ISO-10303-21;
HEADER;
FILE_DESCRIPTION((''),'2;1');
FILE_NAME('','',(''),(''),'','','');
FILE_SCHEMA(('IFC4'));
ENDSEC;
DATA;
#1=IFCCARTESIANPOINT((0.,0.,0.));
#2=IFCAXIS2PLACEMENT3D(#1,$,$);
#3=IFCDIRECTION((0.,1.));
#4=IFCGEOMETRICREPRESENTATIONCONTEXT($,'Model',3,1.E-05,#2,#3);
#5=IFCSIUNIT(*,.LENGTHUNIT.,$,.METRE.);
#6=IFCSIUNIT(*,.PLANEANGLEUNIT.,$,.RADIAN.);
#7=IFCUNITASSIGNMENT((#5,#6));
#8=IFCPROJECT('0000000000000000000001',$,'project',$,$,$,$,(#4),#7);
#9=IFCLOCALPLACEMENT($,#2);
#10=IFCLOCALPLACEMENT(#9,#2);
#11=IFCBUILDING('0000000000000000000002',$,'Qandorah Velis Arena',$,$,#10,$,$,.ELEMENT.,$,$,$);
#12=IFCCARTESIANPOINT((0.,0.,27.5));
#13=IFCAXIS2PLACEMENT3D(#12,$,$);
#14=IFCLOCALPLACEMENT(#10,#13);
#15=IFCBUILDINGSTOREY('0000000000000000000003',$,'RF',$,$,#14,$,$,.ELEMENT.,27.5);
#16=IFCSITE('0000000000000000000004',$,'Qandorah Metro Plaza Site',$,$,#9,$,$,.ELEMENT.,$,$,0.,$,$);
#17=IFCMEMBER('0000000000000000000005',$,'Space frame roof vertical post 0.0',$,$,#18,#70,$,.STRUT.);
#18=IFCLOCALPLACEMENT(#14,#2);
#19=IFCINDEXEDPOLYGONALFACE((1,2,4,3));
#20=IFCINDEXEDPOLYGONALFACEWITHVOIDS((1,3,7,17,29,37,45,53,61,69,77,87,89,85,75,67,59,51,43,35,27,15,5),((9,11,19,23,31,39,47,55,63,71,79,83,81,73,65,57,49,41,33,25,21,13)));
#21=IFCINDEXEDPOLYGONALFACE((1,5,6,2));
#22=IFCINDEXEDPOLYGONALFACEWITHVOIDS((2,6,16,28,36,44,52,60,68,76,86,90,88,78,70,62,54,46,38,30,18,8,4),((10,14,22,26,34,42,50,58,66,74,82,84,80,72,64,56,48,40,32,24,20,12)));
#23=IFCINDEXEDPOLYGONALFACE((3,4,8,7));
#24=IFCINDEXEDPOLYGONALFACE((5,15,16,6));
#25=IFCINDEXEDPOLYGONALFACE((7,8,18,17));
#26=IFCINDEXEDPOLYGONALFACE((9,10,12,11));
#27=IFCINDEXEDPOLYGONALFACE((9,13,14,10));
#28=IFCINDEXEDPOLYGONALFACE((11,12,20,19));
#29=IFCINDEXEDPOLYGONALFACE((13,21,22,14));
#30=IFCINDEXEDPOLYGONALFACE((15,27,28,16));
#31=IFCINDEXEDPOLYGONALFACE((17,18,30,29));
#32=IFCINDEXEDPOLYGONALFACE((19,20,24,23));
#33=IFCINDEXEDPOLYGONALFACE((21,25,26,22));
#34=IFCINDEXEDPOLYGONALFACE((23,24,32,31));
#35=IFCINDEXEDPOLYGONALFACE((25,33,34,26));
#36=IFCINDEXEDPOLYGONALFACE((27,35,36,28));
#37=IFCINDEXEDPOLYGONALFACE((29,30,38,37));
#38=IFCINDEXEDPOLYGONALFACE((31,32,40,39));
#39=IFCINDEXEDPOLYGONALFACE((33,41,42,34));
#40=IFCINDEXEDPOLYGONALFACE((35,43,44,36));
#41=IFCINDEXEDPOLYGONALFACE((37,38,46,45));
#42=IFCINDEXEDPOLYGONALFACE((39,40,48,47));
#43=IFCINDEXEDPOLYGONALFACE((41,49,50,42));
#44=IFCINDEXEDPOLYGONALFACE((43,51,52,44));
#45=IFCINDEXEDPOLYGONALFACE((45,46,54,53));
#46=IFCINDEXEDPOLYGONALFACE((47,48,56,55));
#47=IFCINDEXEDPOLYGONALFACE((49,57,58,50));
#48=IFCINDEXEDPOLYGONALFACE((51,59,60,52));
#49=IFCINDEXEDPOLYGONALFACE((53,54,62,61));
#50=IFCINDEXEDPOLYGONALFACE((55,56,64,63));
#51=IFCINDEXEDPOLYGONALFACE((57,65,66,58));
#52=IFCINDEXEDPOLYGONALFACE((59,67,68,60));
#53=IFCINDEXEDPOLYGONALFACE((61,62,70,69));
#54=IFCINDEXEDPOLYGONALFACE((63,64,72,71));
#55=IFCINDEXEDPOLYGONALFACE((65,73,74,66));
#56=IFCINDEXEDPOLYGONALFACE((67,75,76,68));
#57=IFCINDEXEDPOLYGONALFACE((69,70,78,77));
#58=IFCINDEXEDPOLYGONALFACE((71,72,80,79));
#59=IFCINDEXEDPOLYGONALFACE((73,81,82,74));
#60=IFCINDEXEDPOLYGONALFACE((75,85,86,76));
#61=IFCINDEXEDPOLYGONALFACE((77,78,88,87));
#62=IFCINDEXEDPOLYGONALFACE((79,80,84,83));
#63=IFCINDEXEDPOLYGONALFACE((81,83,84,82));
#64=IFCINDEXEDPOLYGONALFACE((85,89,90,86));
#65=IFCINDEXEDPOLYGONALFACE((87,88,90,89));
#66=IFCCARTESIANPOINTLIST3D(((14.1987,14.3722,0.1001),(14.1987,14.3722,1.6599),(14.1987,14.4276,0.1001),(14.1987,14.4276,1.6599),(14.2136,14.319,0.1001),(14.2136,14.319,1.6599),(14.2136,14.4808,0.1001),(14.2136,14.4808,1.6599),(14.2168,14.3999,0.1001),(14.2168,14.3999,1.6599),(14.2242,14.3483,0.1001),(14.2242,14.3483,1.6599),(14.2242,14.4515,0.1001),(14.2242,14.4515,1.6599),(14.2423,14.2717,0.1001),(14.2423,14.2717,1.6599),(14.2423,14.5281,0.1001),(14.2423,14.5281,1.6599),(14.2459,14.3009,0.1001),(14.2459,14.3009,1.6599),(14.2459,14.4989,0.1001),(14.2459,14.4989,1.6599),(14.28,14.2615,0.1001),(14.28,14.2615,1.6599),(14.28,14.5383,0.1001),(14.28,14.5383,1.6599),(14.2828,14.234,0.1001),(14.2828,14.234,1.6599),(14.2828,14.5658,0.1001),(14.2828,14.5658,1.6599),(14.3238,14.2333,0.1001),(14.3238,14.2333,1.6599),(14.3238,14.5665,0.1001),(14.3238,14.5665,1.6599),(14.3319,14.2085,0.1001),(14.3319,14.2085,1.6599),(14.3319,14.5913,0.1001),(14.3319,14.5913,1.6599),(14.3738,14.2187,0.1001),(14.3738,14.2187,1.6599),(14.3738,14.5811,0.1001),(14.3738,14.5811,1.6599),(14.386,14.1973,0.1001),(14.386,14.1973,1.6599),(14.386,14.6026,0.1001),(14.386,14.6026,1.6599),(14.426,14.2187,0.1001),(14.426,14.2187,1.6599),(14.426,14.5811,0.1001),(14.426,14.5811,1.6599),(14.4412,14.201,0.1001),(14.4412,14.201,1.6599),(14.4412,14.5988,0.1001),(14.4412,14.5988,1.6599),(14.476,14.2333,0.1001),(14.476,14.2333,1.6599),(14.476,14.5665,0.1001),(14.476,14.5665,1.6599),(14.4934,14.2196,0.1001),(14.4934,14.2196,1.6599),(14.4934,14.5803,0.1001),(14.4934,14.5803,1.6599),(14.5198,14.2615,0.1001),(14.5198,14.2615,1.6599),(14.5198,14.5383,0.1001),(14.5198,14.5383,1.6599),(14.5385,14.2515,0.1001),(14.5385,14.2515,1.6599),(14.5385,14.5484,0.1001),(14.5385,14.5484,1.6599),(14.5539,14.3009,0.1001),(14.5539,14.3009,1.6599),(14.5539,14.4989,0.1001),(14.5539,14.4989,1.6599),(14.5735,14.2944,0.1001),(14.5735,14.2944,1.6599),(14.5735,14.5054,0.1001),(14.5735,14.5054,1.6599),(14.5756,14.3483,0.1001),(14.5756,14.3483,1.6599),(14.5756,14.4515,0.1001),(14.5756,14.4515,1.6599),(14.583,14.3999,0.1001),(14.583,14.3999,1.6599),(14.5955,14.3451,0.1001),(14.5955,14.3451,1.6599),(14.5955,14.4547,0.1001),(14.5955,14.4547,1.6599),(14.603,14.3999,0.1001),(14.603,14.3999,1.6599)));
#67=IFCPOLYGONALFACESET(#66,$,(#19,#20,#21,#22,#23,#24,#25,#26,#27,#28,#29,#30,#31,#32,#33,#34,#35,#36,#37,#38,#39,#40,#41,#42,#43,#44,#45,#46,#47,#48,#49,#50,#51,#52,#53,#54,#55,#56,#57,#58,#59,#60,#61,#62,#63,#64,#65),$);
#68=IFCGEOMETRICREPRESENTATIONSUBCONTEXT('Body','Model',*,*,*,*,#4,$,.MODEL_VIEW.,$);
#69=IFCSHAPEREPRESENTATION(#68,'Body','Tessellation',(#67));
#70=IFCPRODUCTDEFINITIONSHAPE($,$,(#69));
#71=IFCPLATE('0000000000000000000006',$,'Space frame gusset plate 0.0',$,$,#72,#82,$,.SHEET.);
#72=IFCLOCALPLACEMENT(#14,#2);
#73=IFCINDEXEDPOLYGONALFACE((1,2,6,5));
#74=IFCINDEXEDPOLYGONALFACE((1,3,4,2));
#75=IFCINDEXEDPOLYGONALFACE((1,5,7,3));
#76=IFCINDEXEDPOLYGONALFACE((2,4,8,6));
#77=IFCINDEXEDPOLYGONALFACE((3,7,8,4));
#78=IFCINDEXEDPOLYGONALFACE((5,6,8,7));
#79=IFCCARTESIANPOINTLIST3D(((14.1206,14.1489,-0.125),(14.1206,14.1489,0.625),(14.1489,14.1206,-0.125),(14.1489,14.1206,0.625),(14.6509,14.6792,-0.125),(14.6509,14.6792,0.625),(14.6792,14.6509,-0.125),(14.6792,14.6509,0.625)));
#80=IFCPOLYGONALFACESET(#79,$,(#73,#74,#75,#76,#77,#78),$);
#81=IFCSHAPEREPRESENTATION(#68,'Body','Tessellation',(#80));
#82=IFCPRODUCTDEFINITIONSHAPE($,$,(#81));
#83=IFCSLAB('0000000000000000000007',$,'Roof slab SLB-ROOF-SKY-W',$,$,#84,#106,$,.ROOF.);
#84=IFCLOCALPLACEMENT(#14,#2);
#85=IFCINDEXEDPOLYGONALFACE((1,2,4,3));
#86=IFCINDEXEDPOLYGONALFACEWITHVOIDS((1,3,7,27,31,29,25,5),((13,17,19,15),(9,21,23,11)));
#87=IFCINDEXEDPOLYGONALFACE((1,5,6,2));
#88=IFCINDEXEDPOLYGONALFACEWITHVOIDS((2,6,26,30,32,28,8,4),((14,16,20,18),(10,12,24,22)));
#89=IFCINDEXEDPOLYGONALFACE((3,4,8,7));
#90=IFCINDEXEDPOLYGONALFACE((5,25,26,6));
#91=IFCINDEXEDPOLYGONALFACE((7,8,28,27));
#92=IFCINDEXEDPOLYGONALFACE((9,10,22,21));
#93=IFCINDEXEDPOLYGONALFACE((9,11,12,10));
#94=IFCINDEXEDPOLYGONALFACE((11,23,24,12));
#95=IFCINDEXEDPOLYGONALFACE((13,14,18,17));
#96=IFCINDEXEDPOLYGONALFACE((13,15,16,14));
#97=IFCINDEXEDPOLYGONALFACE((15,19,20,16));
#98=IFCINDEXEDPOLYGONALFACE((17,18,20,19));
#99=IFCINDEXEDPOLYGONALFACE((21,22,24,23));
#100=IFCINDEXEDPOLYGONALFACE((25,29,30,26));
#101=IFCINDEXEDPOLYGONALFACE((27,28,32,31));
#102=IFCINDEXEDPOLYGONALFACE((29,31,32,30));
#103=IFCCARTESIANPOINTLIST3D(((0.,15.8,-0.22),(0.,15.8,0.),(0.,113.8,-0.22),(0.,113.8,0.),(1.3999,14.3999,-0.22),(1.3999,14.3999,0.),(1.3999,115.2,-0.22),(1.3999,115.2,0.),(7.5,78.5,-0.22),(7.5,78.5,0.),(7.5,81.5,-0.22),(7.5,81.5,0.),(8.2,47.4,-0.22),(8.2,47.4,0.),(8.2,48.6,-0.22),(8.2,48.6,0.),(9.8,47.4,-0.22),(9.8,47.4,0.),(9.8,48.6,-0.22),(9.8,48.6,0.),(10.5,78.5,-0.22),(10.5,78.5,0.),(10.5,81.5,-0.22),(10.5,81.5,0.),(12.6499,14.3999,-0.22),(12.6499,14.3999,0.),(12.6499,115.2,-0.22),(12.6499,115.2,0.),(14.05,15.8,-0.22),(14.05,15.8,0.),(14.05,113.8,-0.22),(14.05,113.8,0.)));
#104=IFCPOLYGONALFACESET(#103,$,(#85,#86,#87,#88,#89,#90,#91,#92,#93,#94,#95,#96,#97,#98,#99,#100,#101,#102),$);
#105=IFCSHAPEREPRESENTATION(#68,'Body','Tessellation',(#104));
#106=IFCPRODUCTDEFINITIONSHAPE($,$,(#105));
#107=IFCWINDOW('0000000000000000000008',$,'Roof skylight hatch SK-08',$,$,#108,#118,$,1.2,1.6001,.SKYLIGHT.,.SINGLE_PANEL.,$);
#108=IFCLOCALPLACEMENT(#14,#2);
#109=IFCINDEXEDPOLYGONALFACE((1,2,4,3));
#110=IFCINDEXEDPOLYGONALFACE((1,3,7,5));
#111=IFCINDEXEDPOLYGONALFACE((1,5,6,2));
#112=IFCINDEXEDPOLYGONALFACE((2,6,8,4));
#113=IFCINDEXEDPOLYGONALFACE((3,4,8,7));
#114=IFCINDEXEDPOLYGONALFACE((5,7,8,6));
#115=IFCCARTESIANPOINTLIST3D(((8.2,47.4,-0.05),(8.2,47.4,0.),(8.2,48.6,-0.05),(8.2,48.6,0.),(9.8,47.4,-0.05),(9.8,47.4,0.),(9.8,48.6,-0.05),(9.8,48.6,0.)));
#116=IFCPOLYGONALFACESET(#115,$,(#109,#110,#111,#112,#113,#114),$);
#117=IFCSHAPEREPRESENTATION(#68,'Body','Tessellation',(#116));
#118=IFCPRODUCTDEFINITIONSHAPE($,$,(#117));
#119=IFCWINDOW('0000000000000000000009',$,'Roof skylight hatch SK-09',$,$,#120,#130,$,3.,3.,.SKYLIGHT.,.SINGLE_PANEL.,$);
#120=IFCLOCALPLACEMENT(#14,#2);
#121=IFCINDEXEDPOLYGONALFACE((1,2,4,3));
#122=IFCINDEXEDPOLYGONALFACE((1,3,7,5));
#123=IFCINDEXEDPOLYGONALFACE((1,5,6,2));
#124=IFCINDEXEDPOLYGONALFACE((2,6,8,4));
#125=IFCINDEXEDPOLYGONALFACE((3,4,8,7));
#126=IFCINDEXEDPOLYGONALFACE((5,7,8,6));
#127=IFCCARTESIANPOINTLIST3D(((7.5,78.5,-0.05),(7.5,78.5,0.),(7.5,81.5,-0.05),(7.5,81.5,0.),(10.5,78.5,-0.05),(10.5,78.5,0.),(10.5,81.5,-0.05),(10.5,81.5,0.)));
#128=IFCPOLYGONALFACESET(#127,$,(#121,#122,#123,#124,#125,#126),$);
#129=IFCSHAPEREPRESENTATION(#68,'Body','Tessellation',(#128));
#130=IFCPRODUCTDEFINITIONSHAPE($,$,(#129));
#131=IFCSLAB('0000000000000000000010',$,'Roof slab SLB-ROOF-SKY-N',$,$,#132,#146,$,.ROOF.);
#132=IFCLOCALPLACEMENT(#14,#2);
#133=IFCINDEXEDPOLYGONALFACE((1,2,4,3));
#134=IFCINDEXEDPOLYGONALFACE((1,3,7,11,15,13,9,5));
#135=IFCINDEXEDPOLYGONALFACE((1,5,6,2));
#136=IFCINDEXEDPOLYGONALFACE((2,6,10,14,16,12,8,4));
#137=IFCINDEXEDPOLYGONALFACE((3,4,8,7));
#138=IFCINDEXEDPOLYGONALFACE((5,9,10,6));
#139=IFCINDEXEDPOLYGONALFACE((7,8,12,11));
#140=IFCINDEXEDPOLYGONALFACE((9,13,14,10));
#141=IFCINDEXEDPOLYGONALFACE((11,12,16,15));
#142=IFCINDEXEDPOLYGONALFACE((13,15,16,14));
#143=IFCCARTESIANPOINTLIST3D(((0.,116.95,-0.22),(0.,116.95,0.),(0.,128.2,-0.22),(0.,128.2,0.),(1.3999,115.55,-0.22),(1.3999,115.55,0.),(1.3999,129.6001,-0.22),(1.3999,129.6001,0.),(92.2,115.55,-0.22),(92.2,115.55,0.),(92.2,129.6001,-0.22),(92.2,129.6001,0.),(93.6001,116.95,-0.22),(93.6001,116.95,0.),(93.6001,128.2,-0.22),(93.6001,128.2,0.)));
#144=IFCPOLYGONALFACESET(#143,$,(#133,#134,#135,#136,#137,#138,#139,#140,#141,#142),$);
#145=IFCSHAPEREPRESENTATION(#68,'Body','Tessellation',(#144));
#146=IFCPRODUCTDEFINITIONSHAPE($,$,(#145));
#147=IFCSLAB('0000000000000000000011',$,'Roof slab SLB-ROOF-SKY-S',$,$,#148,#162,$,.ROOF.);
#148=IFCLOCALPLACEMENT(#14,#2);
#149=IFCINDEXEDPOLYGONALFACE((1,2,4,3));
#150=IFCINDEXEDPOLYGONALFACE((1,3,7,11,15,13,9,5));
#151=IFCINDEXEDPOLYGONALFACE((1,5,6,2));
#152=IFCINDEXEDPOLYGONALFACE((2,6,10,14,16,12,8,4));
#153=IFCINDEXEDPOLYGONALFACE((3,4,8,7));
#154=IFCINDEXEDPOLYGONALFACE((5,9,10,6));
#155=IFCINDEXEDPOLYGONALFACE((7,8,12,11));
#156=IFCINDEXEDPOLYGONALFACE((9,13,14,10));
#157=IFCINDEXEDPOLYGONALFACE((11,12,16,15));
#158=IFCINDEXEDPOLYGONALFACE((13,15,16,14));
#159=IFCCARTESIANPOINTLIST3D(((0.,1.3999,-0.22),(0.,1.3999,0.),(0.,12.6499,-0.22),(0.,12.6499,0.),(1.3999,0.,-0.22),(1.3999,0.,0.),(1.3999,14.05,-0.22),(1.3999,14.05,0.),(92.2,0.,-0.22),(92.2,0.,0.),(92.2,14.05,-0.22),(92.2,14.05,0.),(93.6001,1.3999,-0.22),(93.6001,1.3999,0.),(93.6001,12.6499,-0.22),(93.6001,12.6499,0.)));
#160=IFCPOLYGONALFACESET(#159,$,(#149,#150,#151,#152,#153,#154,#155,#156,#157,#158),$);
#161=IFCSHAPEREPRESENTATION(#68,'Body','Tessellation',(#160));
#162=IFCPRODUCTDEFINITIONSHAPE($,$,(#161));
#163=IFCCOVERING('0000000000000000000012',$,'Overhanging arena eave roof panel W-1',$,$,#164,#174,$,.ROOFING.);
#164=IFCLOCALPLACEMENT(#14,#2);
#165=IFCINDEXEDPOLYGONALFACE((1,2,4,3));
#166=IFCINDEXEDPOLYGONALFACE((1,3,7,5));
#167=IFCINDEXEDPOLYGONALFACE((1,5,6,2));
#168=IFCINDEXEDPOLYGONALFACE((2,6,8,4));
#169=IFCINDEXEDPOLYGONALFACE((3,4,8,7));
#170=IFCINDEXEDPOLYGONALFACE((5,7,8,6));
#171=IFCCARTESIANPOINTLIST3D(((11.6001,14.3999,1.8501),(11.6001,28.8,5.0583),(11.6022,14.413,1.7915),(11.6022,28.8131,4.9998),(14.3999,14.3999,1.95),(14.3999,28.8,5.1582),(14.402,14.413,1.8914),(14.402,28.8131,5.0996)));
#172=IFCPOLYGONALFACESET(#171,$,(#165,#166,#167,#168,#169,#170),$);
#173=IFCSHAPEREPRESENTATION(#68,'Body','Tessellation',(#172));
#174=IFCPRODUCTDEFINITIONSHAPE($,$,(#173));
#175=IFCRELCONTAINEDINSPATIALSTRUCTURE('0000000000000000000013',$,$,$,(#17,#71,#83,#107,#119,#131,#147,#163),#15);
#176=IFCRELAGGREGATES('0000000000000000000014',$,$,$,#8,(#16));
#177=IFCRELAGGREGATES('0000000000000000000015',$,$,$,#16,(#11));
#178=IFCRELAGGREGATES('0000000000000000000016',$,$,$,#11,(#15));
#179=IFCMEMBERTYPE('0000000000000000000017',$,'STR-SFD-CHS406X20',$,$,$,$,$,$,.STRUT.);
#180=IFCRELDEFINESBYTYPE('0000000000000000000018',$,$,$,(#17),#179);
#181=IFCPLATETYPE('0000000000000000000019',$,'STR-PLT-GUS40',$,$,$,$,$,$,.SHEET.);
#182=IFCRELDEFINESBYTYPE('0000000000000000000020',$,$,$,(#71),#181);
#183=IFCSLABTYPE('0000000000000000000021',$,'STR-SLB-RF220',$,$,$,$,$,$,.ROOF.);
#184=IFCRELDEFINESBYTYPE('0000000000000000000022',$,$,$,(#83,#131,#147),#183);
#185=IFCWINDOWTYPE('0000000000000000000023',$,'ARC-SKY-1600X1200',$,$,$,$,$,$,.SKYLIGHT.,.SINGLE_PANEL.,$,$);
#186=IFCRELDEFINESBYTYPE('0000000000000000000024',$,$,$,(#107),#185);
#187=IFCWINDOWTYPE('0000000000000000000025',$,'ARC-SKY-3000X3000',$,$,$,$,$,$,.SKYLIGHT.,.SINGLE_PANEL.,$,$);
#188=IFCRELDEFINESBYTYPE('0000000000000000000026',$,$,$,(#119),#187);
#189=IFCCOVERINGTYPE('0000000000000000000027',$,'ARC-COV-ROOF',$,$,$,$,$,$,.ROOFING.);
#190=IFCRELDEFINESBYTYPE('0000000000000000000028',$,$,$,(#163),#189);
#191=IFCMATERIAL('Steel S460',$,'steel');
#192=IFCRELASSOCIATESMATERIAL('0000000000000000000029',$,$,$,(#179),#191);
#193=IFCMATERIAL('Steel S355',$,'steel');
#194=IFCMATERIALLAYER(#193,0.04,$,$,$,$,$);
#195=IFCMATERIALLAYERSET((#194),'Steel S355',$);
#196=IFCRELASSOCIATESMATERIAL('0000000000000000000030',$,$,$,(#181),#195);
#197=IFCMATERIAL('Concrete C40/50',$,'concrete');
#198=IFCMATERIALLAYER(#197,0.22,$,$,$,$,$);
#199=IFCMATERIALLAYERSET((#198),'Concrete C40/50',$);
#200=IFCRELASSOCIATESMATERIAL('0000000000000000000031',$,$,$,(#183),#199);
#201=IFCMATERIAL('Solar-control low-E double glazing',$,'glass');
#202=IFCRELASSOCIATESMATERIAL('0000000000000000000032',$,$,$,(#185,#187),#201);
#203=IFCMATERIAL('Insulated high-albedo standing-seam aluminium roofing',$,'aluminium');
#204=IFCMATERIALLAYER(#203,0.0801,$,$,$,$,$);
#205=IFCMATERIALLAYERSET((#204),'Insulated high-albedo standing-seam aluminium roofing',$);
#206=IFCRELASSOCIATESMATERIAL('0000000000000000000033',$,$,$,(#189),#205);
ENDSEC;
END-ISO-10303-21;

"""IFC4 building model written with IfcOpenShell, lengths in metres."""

from ifc_helpers import new_model, si_unit, direction, frame, origin, origin_2d, place, context, subcontext, project, spatial, polyline, rectangle, hollow_circle, outline, extrude, material, layer, layer_set, material_profile, profile_set, type_object, element, fill, save


model = new_model("IFC4")

# Units and contexts
model_context = context("Model", 3, precision=1e-05, world=origin(), true_north=direction((0.0, 1.0)))
body_context = subcontext(model_context, "Body", "Model", "MODEL_VIEW")
ifc_project = project(units=[si_unit("LENGTHUNIT", "METRE"), si_unit("PLANEANGLEUNIT", "RADIAN")], contexts=[model_context])

# Site, building, storey
site_placement = place(None, origin())
site = spatial("IfcSite", under=ifc_project, at=site_placement, Name="Qandorah Metro Plaza Site", CompositionType="ELEMENT", RefElevation=0.0)
building_placement = place(site_placement, origin())
building = spatial("IfcBuilding", under=site, at=building_placement, Name="Qandorah Velis Arena", CompositionType="ELEMENT")
storey_placement = place(building_placement, frame((0.0, 0.0, 27.5)))
storey = spatial("IfcBuildingStorey", under=building, at=storey_placement, Name="RF", CompositionType="ELEMENT", Elevation=27.5)

# Shared definitions
ifc_material_1 = material(Name="Steel S355", Category="steel")
ifc_material_2 = material(Name="Steel S460", Category="steel")

# Member
ifc_material_profile_1 = material_profile(ifc_material_2, hollow_circle(Radius=0.2031, WallThickness=0.02, at=origin_2d()), Name="CHS 406.4x20")
ifc_profile_set_1 = profile_set([ifc_material_profile_1], Name="Steel S460")
member_type_1 = type_object("IfcMemberType", Name="STR-SFD-CHS406X20", PredefinedType="STRUT", material=ifc_profile_set_1)
member_1_placement = place(storey_placement, frame((14.3999, 14.3999, 0.1001), z_axis=(0.0, 0.0, 1.0), x_axis=(1.0, 0.0, 0.0)))
element("IfcMember", 1, at=member_1_placement, inside=storey, type_object=member_type_1, Name="Space frame roof vertical post 0.0", PredefinedType="STRUT", context=body_context, shape_type="SweptSolid", body=[
    extrude(hollow_circle(Radius=0.2031, WallThickness=0.02, at=origin_2d()), origin(), (0.0, 0.0, 1.0), 1.5598),
])

# Plate
ifc_layer_1 = layer(ifc_material_1, 0.04)
ifc_layer_set_1 = layer_set([ifc_layer_1], Name="Steel S355")
plate_type = type_object("IfcPlateType", Name="STR-PLT-GUS40", PredefinedType="SHEET", material=ifc_layer_set_1)
plate_placement = place(storey_placement, frame((14.3999, 14.3999, -0.125), z_axis=(0.0, 0.0, 1.0), x_axis=(0.707107, 0.707107, 0.0)))
element("IfcPlate", 2, at=plate_placement, inside=storey, type_object=plate_type, Name="Space frame gusset plate 0.0", PredefinedType="SHEET", context=body_context, shape_type="SweptSolid", body=[
    extrude(rectangle(XDim=0.75, YDim=0.04, at=origin_2d()), origin(), (0.0, 0.0, 1.0), 0.75),
])

# Slab, openings, windows
ifc_material_3 = material(Name="Concrete C40/50", Category="concrete")
ifc_layer_2 = layer(ifc_material_3, 0.22)
ifc_layer_set_2 = layer_set([ifc_layer_2], Name="Concrete C40/50")
slab_type = type_object("IfcSlabType", Name="STR-SLB-RF220", PredefinedType="ROOF", material=ifc_layer_set_2)
slab_1_placement = place(storey_placement, frame((0.0, 0.0, -0.22)))
slab_1 = element("IfcSlab", 3, at=slab_1_placement, inside=storey, type_object=slab_type, Name="Roof slab SLB-ROOF-SKY-W", PredefinedType="ROOF", context=body_context, shape_type="SweptSolid", body=[
    extrude(outline(polyline([(1.3999, 14.3999), (12.6499, 14.3999), (14.05, 15.8), (14.05, 113.8), (12.6499, 115.2), (1.3999, 115.2), (0.0, 113.8), (0.0, 15.8), (1.3999, 14.3999)])), origin(), (0.0, 0.0, 1.0), 0.22),
])
opening_1_placement = place(slab_1_placement, frame((9.0, 48.0, -0.01)))
opening_1 = element("IfcOpeningElement", 4, at=opening_1_placement, cuts=slab_1, PredefinedType="OPENING", context=body_context, shape_type="SweptSolid", body=[
    extrude(rectangle(XDim=1.6001, YDim=1.2, at=origin_2d()), origin(), (0.0, 0.0, 1.0), 0.24),
])
opening_2_placement = place(slab_1_placement, frame((9.0, 80.0, -0.01)))
opening_2 = element("IfcOpeningElement", 5, at=opening_2_placement, cuts=slab_1, PredefinedType="OPENING", context=body_context, shape_type="SweptSolid", body=[
    extrude(rectangle(XDim=3.0, YDim=3.0, at=origin_2d()), origin(), (0.0, 0.0, 1.0), 0.24),
])
ifc_material_4 = material(Name="Solar-control low-E double glazing", Category="glass")
window_type_1 = type_object("IfcWindowType", Name="ARC-SKY-1600X1200", PartitioningType="SINGLE_PANEL", PredefinedType="SKYLIGHT", material=ifc_material_4)
window_1_placement = place(opening_1_placement, frame((0.0, 0.0, 0.1799)))
window_1 = element("IfcWindow", 6, at=window_1_placement, inside=storey, type_object=window_type_1, Name="Roof skylight hatch SK-08", OverallHeight=1.2, OverallWidth=1.6001, PartitioningType="SINGLE_PANEL", PredefinedType="SKYLIGHT", context=body_context, shape_type="SweptSolid", body=[
    extrude(rectangle(XDim=1.6001, YDim=1.2, at=origin_2d()), origin(), (0.0, 0.0, 1.0), 0.05),
])
fill(opening_1, window_1)
window_type_2 = type_object("IfcWindowType", Name="ARC-SKY-3000X3000", PartitioningType="SINGLE_PANEL", PredefinedType="SKYLIGHT", material=ifc_material_4)
window_2_placement = place(opening_2_placement, frame((0.0, 0.0, 0.1799)))
window_2 = element("IfcWindow", 7, at=window_2_placement, inside=storey, type_object=window_type_2, Name="Roof skylight hatch SK-09", OverallHeight=3.0, OverallWidth=3.0, PartitioningType="SINGLE_PANEL", PredefinedType="SKYLIGHT", context=body_context, shape_type="SweptSolid", body=[
    extrude(rectangle(XDim=3.0, YDim=3.0, at=origin_2d()), origin(), (0.0, 0.0, 1.0), 0.05),
])
fill(opening_2, window_2)

# Slabs
slab_2_placement = place(storey_placement, frame((0.0, 0.0, -0.22)))
element("IfcSlab", 8, at=slab_2_placement, inside=storey, type_object=slab_type, Name="Roof slab SLB-ROOF-SKY-N", PredefinedType="ROOF", context=body_context, shape_type="SweptSolid", body=[
    extrude(outline(polyline([(1.3999, 115.55), (92.2, 115.55), (93.6001, 116.95), (93.6001, 128.2), (92.2, 129.6001), (1.3999, 129.6001), (0.0, 128.2), (0.0, 116.95), (1.3999, 115.55)])), origin(), (0.0, 0.0, 1.0), 0.22),
])
slab_3_placement = place(storey_placement, frame((0.0, 0.0, -0.22)))
element("IfcSlab", 9, at=slab_3_placement, inside=storey, type_object=slab_type, Name="Roof slab SLB-ROOF-SKY-S", PredefinedType="ROOF", context=body_context, shape_type="SweptSolid", body=[
    extrude(outline(polyline([(1.3999, 0.0), (92.2, 0.0), (93.6001, 1.3999), (93.6001, 12.6499), (92.2, 14.05), (1.3999, 14.05), (0.0, 12.6499), (0.0, 1.3999), (1.3999, 0.0)])), origin(), (0.0, 0.0, 1.0), 0.22),
])

# Covering
ifc_material_5 = material(Name="Insulated high-albedo standing-seam aluminium roofing", Category="aluminium")
ifc_layer_3 = layer(ifc_material_5, 0.0801)
ifc_layer_set_3 = layer_set([ifc_layer_3], Name="Insulated high-albedo standing-seam aluminium roofing")
covering_type = type_object("IfcCoveringType", Name="ARC-COV-ROOF", PredefinedType="ROOFING", material=ifc_layer_set_3)
covering_1_placement = place(storey_placement, frame((11.6001, 14.3999, 1.8501), z_axis=(-0.03479, -0.21733, 0.975478), x_axis=(0.999365, 0.0, 0.035642)))
element("IfcCovering", 10, at=covering_1_placement, inside=storey, type_object=covering_type, Name="Overhanging arena eave roof panel W-1", PredefinedType="ROOFING", context=body_context, shape_type="SweptSolid", body=[
    extrude(outline(polyline([(0.0, 0.0), (2.8016, 0.0), (2.9159, 14.7528), (0.1143, 14.7528), (0.0, 0.0)])), origin(), (0.0, 0.0, -1.0), 0.0601),
])

save(model, "model.ifc")
